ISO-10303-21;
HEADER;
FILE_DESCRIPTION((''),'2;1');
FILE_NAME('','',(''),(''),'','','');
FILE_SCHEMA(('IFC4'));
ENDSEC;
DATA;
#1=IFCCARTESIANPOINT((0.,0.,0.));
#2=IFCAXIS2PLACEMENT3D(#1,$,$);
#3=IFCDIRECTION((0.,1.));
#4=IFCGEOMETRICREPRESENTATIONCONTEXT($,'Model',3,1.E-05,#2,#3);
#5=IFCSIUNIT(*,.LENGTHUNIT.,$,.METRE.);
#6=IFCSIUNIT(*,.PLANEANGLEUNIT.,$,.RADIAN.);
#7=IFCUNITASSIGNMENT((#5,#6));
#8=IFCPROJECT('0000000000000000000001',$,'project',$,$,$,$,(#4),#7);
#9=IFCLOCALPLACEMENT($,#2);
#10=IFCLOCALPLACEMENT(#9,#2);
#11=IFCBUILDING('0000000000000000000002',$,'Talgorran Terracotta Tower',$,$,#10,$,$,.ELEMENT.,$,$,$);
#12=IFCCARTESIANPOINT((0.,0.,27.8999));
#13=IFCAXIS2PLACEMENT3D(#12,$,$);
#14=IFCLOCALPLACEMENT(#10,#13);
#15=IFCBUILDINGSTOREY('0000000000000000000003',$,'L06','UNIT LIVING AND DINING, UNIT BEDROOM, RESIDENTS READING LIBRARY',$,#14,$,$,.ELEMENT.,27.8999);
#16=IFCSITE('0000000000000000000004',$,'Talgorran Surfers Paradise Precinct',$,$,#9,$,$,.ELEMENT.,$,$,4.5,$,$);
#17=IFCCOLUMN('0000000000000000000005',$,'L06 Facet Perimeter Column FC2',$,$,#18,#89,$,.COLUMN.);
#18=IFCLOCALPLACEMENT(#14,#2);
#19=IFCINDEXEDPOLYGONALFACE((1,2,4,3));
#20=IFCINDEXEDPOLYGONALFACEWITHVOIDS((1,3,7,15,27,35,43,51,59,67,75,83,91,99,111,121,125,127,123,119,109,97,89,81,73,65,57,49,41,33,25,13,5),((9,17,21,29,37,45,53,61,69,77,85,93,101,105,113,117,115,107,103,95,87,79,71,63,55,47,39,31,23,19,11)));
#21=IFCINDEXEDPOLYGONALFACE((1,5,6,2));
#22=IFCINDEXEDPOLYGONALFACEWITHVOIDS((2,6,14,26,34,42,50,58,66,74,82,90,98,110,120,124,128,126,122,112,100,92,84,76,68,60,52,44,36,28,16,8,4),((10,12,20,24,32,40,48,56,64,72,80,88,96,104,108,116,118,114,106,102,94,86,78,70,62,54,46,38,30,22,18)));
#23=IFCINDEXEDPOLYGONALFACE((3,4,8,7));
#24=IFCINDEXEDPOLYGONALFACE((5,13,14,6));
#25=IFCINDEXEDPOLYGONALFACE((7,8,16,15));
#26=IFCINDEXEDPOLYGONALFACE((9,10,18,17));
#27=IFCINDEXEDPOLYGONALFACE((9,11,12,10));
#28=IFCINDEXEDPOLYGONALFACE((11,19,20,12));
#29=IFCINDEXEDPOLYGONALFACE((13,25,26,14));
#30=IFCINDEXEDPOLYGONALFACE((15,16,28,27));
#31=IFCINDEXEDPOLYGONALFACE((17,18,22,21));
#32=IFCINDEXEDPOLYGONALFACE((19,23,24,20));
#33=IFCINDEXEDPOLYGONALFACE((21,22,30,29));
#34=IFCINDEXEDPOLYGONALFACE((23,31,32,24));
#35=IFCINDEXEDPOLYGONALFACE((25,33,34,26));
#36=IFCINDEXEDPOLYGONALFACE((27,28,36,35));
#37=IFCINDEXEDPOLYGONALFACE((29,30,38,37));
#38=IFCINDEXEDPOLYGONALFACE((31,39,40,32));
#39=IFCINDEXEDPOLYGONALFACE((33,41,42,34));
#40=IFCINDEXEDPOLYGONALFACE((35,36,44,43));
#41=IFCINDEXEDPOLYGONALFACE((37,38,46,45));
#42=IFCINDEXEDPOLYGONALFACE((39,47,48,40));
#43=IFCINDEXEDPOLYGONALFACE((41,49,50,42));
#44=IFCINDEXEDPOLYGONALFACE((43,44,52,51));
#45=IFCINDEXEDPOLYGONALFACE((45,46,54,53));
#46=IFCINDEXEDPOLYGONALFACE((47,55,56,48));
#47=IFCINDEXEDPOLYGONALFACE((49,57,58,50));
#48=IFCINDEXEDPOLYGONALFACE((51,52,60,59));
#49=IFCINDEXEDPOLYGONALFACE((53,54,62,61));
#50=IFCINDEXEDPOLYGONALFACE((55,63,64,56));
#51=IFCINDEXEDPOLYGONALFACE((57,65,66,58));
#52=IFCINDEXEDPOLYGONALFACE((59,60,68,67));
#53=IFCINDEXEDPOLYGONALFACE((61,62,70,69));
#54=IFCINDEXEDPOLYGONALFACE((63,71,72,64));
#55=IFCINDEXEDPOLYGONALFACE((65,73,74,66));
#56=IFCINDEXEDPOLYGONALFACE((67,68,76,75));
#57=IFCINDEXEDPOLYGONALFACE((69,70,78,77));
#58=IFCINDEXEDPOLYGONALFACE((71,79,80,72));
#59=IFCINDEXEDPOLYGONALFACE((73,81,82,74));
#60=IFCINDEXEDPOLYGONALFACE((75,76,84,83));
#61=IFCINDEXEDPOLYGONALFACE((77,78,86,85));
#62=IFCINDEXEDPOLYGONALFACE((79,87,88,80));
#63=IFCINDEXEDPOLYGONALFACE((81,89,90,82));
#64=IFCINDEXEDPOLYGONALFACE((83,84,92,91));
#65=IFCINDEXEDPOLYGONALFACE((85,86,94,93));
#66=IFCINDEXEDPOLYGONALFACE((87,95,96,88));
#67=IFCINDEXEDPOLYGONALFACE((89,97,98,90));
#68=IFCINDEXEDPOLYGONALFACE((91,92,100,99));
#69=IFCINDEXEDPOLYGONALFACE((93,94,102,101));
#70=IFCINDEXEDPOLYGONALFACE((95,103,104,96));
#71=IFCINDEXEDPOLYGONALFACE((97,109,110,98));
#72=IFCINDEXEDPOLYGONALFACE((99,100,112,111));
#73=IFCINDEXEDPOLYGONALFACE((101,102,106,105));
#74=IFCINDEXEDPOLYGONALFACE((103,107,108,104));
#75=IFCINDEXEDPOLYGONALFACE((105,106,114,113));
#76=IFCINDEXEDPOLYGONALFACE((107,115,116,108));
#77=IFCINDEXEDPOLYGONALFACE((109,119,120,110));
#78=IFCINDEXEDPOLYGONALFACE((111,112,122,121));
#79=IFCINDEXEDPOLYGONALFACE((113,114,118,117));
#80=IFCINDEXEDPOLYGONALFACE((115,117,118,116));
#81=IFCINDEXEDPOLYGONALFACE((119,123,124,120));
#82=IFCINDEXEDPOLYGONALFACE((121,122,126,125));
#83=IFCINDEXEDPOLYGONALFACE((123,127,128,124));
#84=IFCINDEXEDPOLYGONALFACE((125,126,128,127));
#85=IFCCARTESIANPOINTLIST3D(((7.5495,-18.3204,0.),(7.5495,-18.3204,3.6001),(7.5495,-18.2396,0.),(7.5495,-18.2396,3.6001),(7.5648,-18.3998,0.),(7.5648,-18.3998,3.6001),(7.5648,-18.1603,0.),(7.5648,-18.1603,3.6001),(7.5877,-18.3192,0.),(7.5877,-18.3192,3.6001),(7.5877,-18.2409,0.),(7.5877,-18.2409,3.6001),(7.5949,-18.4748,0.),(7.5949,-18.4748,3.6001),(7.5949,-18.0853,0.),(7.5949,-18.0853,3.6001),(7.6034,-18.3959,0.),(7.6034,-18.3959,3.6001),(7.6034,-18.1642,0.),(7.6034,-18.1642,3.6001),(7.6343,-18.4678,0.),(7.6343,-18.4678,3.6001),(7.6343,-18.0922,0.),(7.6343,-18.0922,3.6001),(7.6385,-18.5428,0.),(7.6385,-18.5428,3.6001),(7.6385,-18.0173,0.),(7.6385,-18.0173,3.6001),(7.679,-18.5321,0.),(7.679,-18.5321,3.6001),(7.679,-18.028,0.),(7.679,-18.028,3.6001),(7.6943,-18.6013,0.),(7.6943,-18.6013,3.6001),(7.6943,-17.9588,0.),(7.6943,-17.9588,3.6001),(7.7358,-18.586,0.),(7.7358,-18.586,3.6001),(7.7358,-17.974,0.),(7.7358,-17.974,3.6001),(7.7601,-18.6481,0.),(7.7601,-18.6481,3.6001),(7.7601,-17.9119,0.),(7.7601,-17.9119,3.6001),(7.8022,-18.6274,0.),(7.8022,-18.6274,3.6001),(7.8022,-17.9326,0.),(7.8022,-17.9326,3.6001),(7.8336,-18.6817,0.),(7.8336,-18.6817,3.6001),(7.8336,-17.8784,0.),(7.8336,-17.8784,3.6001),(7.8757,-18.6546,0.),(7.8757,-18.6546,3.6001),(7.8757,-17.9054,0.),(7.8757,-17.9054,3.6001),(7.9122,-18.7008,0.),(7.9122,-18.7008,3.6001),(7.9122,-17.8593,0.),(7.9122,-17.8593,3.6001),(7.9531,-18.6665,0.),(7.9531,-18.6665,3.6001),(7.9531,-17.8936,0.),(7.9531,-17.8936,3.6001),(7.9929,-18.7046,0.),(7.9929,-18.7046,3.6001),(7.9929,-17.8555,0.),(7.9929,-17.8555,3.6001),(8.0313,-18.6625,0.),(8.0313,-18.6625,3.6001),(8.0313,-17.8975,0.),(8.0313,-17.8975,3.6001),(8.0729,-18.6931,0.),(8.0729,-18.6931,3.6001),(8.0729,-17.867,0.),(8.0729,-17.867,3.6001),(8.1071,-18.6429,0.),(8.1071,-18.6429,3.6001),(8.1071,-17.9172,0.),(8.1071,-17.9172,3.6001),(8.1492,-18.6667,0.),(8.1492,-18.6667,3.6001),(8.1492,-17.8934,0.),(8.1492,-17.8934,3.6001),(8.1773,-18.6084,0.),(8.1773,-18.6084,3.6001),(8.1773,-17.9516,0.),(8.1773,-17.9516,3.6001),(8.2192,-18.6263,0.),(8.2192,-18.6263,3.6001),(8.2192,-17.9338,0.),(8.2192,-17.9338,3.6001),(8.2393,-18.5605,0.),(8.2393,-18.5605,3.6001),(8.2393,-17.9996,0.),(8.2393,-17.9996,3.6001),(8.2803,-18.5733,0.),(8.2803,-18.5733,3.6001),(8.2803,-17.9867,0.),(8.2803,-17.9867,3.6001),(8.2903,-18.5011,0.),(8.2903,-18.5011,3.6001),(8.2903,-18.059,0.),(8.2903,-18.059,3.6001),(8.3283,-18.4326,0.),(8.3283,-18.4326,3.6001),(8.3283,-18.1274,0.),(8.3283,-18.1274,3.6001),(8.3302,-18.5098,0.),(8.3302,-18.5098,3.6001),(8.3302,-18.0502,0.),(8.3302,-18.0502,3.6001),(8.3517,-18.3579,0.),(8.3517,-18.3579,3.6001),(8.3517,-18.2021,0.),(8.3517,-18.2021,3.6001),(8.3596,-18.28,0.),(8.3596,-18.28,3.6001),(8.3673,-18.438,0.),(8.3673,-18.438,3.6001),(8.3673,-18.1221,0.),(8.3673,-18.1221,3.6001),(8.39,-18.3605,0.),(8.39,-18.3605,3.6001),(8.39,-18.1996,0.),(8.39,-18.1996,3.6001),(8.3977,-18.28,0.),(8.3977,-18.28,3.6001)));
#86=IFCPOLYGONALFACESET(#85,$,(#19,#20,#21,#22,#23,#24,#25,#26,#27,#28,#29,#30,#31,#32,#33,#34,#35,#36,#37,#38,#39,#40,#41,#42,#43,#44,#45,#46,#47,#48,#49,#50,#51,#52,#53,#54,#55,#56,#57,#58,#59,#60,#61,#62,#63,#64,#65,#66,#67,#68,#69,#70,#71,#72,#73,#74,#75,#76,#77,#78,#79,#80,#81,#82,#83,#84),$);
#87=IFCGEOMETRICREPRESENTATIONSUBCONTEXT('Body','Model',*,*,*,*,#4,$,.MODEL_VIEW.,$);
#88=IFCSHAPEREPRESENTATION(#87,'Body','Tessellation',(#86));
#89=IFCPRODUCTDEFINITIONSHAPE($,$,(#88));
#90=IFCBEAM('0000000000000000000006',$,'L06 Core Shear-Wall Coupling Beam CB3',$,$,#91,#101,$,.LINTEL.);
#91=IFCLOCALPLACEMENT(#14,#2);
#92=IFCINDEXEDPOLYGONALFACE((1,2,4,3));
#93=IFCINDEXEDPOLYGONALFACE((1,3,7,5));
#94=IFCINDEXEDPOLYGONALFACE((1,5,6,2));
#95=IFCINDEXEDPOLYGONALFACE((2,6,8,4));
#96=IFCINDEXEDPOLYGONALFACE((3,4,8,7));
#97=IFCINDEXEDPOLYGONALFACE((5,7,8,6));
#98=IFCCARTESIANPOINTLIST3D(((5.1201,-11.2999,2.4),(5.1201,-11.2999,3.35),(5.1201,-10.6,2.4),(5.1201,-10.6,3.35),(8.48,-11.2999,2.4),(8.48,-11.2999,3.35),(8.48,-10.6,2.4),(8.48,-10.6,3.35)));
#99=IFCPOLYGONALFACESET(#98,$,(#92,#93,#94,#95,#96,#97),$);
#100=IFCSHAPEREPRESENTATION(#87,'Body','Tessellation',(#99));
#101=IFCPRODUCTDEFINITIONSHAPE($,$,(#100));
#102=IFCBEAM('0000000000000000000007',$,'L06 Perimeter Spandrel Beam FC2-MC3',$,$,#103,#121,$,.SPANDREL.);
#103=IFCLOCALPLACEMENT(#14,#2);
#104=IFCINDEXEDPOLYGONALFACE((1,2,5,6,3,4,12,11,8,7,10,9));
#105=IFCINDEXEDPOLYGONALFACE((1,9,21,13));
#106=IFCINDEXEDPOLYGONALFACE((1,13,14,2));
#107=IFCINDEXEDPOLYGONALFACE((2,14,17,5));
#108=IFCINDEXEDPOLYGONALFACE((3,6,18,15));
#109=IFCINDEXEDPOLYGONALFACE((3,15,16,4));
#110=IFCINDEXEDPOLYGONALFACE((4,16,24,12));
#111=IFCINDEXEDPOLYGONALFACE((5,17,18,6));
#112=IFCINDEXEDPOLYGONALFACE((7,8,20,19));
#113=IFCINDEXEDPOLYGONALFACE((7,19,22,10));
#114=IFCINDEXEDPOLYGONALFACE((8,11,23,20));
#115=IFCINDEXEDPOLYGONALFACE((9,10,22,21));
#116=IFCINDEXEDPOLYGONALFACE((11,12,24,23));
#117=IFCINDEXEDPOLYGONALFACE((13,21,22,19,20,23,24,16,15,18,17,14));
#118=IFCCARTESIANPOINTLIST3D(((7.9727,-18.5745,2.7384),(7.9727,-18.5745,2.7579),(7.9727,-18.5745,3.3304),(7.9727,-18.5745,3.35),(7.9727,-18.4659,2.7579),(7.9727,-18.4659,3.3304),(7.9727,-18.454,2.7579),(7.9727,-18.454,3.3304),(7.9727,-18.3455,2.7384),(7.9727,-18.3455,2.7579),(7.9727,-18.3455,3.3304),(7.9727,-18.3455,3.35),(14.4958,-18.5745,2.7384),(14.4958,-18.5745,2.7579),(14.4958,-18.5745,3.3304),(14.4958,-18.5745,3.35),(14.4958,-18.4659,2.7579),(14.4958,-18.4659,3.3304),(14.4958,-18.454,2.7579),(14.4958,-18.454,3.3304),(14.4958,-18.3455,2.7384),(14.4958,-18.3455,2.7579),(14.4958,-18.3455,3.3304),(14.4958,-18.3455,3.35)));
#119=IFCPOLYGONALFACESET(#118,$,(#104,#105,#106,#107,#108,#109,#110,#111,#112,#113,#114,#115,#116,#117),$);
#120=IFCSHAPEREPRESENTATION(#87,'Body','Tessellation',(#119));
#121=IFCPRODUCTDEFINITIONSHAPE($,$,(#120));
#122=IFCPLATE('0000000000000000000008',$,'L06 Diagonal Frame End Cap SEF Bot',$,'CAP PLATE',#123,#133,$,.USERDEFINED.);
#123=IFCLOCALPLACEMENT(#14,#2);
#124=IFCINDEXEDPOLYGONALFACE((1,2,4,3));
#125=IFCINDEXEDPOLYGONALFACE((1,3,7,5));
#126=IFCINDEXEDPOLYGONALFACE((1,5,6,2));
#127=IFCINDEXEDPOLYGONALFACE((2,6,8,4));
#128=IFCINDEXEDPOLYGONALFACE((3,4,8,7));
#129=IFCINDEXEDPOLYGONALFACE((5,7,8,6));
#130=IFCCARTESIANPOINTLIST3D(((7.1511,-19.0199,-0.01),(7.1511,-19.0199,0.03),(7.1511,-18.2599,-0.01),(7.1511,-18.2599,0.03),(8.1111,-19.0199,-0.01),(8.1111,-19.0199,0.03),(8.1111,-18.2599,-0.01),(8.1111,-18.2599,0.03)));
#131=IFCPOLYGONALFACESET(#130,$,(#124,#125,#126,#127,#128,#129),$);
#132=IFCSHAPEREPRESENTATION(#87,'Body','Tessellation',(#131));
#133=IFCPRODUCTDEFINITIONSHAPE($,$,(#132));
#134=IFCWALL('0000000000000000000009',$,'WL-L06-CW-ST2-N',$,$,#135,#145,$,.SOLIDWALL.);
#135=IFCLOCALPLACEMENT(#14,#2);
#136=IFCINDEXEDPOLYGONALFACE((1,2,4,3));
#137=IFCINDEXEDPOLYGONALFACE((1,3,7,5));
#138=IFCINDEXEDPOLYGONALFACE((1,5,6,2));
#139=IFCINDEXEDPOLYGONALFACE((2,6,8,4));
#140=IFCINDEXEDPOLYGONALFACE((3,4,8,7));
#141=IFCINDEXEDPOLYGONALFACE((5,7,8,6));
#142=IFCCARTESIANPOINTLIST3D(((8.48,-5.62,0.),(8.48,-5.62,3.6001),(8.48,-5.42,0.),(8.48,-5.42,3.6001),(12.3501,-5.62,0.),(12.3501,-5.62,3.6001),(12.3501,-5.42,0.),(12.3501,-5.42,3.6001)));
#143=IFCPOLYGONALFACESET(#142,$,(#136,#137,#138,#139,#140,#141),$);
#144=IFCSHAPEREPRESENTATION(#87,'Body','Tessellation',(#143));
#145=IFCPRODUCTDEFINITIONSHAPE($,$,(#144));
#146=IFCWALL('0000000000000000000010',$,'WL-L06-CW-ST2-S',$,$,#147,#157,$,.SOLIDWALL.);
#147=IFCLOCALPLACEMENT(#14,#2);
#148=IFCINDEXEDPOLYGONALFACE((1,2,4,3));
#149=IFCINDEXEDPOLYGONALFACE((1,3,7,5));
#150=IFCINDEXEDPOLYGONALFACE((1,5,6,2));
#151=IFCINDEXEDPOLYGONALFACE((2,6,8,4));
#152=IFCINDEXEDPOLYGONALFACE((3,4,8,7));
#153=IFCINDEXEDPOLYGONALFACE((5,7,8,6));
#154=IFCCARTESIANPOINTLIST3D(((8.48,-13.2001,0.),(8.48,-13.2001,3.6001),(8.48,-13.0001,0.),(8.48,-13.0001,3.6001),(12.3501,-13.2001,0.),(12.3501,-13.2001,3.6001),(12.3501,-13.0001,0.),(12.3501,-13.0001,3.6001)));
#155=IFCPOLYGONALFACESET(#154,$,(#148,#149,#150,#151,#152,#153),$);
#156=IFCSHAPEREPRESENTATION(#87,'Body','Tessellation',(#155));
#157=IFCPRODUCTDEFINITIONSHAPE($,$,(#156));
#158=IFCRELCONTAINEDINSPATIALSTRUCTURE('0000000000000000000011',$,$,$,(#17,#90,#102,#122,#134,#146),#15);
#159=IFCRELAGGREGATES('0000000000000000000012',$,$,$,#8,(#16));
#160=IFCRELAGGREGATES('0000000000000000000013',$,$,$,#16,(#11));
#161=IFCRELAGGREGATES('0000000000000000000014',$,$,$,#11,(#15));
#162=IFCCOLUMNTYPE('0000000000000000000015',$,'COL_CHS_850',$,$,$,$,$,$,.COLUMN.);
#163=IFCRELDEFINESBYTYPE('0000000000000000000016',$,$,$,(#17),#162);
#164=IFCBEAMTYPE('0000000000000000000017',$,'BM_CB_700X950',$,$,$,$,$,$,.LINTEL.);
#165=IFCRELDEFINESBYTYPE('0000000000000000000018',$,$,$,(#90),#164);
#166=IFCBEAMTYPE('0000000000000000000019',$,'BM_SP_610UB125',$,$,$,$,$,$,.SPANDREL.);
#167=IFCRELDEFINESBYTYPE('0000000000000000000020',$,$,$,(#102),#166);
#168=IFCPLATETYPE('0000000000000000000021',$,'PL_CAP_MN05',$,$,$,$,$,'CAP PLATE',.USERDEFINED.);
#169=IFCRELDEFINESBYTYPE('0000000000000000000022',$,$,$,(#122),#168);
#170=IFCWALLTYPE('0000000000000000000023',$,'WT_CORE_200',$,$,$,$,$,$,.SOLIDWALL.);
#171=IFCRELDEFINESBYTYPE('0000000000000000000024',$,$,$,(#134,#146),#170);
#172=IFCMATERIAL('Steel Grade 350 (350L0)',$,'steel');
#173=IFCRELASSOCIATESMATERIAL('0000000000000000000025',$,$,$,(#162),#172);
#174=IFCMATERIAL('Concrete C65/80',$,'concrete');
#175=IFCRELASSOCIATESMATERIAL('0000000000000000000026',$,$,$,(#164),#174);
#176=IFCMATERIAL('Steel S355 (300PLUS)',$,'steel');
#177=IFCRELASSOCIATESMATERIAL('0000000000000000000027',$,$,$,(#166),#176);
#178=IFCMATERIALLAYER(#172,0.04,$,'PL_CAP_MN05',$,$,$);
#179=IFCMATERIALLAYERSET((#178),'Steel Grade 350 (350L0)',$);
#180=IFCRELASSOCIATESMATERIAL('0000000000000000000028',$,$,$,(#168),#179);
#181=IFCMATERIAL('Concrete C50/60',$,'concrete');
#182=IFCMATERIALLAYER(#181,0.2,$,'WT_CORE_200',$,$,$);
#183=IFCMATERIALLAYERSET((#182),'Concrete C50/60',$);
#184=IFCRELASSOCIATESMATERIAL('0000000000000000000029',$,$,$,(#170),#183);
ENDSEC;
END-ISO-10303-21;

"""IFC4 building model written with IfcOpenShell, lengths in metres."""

from ifc_helpers import new_model, si_unit, direction, frame, frame_2d, origin, origin_2d, place, context, subcontext, project, spatial, rectangle, hollow_circle, i_section, extrude, material, layer, layer_set, material_profile, profile_set, type_object, element, save


model = new_model("IFC4")

# Units and contexts
model_context = context("Model", 3, precision=1e-05, world=origin(), true_north=direction((0.0, 1.0)))
body_context = subcontext(model_context, "Body", "Model", "MODEL_VIEW")
ifc_project = project(units=[si_unit("LENGTHUNIT", "METRE"), si_unit("PLANEANGLEUNIT", "RADIAN")], contexts=[model_context])

# Site, building, storey
site_placement = place(None, origin())
site = spatial("IfcSite", under=ifc_project, at=site_placement, Name="Talgorran Surfers Paradise Precinct", CompositionType="ELEMENT", RefElevation=4.5)
building_placement = place(site_placement, origin())
building = spatial("IfcBuilding", under=site, at=building_placement, Name="Talgorran Terracotta Tower", CompositionType="ELEMENT")
storey_placement = place(building_placement, frame((0.0, 0.0, 27.8999)))
storey = spatial("IfcBuildingStorey", under=building, at=storey_placement, Name="L06", Description="UNIT LIVING AND DINING, UNIT BEDROOM, RESIDENTS READING LIBRARY", CompositionType="ELEMENT", Elevation=27.8999)

# Column
ifc_material_1 = material(Name="Steel Grade 350 (350L0)", Category="steel")
ifc_material_profile_1 = material_profile(ifc_material_1, hollow_circle(Radius=0.425, WallThickness=0.0381, at=origin_2d()), Name="CHS850X38")
ifc_profile_set_1 = profile_set([ifc_material_profile_1], Name="Steel Grade 350 (350L0)")
column_type = type_object("IfcColumnType", Name="COL_CHS_850", PredefinedType="COLUMN", material=ifc_profile_set_1)
column_placement = place(storey_placement, frame((7.9727, -18.28, 0.0), z_axis=(0.0, 0.0, 1.0), x_axis=(1.0, 0.0, 0.0)))
element("IfcColumn", 1, at=column_placement, inside=storey, type_object=column_type, Name="L06 Facet Perimeter Column FC2", PredefinedType="COLUMN", context=body_context, shape_type="SweptSolid", body=[
    extrude(hollow_circle(Radius=0.425, WallThickness=0.0381, at=origin_2d()), origin(), (0.0, 0.0, 1.0), 3.6001),
])

# Beams
ifc_material_2 = material(Name="Concrete C65/80", Category="concrete")
ifc_material_profile_2 = material_profile(ifc_material_2, rectangle(XDim=0.7, YDim=0.95, at=origin_2d()), Name="RCCB700X950")
ifc_profile_set_2 = profile_set([ifc_material_profile_2], Name="Concrete C65/80")
beam_type_1 = type_object("IfcBeamType", Name="BM_CB_700X950", PredefinedType="LINTEL", material=ifc_profile_set_2)
beam_1_placement = place(storey_placement, frame((5.1201, -10.95, 2.875), z_axis=(1.0, 0.0, 0.0), x_axis=(0.0, 1.0, 0.0)))
element("IfcBeam", 2, at=beam_1_placement, inside=storey, type_object=beam_type_1, Name="L06 Core Shear-Wall Coupling Beam CB3", PredefinedType="LINTEL", context=body_context, shape_type="SweptSolid", body=[
    extrude(rectangle(XDim=0.7, YDim=0.95, at=origin_2d()), origin(), (0.0, 0.0, 1.0), 3.3599),
])
ifc_material_3 = material(Name="Steel S355 (300PLUS)", Category="steel")
ifc_material_profile_3 = material_profile(ifc_material_3, i_section(OverallWidth=0.229, OverallDepth=0.6116, WebThickness=0.012, FlangeThickness=0.0195, at=origin_2d()), Name="610UB125")
ifc_profile_set_3 = profile_set([ifc_material_profile_3], Name="Steel S355 (300PLUS)")
beam_type_2 = type_object("IfcBeamType", Name="BM_SP_610UB125", PredefinedType="SPANDREL", material=ifc_profile_set_3)
beam_2_placement = place(storey_placement, frame((7.9727, -18.46, 3.0442), z_axis=(1.0, 0.0, 0.0), x_axis=(0.0, 1.0, 0.0)))
element("IfcBeam", 3, at=beam_2_placement, inside=storey, type_object=beam_type_2, Name="L06 Perimeter Spandrel Beam FC2-MC3", PredefinedType="SPANDREL", context=body_context, shape_type="SweptSolid", body=[
    extrude(i_section(OverallWidth=0.229, OverallDepth=0.6116, WebThickness=0.012, FlangeThickness=0.0195, at=origin_2d()), origin(), (0.0, 0.0, 1.0), 6.5232),
])

# Plate
ifc_layer_1 = layer(ifc_material_1, 0.04, Name="PL_CAP_MN05")
ifc_layer_set_1 = layer_set([ifc_layer_1], Name="Steel Grade 350 (350L0)")
plate_type = type_object("IfcPlateType", Name="PL_CAP_MN05", ElementType="CAP PLATE", PredefinedType="USERDEFINED", material=ifc_layer_set_1)
plate_placement = place(storey_placement, frame((7.6311, -18.6399, -0.01), z_axis=(0.0, 0.0, 1.0), x_axis=(-1.0, 0.0, 0.0)))
element("IfcPlate", 4, at=plate_placement, inside=storey, type_object=plate_type, Name="L06 Diagonal Frame End Cap SEF Bot", ObjectType="CAP PLATE", PredefinedType="USERDEFINED", context=body_context, shape_type="SweptSolid", body=[
    extrude(rectangle(XDim=0.96, YDim=0.76, at=origin_2d()), origin(), (0.0, 0.0, 1.0), 0.04),
])

# Walls
ifc_material_4 = material(Name="Concrete C50/60", Category="concrete")
ifc_layer_2 = layer(ifc_material_4, 0.2, Name="WT_CORE_200")
ifc_layer_set_2 = layer_set([ifc_layer_2], Name="Concrete C50/60")
wall_type_1 = type_object("IfcWallType", Name="WT_CORE_200", PredefinedType="SOLIDWALL", material=ifc_layer_set_2)
for number, where, z_axis, x_axis, name in (
    (5, (8.48, -5.52, 0.0), (0.0, 0.0, 1.0), (1.0, 0.0, 0.0), "WL-L06-CW-ST2-N"),
    (6, (8.48, -13.1001, 0.0), (0.0, 0.0, 1.0), (1.0, 0.0, 0.0), "WL-L06-CW-ST2-S"),
):
    element("IfcWall", number, at=place(storey_placement, frame(where, z_axis=z_axis, x_axis=x_axis)), inside=storey, type_object=wall_type_1, Name=name, PredefinedType="SOLIDWALL", context=body_context, shape_type="SweptSolid", body=[
        extrude(rectangle(XDim=3.8701, YDim=0.2, at=frame_2d((1.9351, 0.0))), origin(), (0.0, 0.0, 1.0), 3.6001),
    ])

save(model, "model.ifc")
